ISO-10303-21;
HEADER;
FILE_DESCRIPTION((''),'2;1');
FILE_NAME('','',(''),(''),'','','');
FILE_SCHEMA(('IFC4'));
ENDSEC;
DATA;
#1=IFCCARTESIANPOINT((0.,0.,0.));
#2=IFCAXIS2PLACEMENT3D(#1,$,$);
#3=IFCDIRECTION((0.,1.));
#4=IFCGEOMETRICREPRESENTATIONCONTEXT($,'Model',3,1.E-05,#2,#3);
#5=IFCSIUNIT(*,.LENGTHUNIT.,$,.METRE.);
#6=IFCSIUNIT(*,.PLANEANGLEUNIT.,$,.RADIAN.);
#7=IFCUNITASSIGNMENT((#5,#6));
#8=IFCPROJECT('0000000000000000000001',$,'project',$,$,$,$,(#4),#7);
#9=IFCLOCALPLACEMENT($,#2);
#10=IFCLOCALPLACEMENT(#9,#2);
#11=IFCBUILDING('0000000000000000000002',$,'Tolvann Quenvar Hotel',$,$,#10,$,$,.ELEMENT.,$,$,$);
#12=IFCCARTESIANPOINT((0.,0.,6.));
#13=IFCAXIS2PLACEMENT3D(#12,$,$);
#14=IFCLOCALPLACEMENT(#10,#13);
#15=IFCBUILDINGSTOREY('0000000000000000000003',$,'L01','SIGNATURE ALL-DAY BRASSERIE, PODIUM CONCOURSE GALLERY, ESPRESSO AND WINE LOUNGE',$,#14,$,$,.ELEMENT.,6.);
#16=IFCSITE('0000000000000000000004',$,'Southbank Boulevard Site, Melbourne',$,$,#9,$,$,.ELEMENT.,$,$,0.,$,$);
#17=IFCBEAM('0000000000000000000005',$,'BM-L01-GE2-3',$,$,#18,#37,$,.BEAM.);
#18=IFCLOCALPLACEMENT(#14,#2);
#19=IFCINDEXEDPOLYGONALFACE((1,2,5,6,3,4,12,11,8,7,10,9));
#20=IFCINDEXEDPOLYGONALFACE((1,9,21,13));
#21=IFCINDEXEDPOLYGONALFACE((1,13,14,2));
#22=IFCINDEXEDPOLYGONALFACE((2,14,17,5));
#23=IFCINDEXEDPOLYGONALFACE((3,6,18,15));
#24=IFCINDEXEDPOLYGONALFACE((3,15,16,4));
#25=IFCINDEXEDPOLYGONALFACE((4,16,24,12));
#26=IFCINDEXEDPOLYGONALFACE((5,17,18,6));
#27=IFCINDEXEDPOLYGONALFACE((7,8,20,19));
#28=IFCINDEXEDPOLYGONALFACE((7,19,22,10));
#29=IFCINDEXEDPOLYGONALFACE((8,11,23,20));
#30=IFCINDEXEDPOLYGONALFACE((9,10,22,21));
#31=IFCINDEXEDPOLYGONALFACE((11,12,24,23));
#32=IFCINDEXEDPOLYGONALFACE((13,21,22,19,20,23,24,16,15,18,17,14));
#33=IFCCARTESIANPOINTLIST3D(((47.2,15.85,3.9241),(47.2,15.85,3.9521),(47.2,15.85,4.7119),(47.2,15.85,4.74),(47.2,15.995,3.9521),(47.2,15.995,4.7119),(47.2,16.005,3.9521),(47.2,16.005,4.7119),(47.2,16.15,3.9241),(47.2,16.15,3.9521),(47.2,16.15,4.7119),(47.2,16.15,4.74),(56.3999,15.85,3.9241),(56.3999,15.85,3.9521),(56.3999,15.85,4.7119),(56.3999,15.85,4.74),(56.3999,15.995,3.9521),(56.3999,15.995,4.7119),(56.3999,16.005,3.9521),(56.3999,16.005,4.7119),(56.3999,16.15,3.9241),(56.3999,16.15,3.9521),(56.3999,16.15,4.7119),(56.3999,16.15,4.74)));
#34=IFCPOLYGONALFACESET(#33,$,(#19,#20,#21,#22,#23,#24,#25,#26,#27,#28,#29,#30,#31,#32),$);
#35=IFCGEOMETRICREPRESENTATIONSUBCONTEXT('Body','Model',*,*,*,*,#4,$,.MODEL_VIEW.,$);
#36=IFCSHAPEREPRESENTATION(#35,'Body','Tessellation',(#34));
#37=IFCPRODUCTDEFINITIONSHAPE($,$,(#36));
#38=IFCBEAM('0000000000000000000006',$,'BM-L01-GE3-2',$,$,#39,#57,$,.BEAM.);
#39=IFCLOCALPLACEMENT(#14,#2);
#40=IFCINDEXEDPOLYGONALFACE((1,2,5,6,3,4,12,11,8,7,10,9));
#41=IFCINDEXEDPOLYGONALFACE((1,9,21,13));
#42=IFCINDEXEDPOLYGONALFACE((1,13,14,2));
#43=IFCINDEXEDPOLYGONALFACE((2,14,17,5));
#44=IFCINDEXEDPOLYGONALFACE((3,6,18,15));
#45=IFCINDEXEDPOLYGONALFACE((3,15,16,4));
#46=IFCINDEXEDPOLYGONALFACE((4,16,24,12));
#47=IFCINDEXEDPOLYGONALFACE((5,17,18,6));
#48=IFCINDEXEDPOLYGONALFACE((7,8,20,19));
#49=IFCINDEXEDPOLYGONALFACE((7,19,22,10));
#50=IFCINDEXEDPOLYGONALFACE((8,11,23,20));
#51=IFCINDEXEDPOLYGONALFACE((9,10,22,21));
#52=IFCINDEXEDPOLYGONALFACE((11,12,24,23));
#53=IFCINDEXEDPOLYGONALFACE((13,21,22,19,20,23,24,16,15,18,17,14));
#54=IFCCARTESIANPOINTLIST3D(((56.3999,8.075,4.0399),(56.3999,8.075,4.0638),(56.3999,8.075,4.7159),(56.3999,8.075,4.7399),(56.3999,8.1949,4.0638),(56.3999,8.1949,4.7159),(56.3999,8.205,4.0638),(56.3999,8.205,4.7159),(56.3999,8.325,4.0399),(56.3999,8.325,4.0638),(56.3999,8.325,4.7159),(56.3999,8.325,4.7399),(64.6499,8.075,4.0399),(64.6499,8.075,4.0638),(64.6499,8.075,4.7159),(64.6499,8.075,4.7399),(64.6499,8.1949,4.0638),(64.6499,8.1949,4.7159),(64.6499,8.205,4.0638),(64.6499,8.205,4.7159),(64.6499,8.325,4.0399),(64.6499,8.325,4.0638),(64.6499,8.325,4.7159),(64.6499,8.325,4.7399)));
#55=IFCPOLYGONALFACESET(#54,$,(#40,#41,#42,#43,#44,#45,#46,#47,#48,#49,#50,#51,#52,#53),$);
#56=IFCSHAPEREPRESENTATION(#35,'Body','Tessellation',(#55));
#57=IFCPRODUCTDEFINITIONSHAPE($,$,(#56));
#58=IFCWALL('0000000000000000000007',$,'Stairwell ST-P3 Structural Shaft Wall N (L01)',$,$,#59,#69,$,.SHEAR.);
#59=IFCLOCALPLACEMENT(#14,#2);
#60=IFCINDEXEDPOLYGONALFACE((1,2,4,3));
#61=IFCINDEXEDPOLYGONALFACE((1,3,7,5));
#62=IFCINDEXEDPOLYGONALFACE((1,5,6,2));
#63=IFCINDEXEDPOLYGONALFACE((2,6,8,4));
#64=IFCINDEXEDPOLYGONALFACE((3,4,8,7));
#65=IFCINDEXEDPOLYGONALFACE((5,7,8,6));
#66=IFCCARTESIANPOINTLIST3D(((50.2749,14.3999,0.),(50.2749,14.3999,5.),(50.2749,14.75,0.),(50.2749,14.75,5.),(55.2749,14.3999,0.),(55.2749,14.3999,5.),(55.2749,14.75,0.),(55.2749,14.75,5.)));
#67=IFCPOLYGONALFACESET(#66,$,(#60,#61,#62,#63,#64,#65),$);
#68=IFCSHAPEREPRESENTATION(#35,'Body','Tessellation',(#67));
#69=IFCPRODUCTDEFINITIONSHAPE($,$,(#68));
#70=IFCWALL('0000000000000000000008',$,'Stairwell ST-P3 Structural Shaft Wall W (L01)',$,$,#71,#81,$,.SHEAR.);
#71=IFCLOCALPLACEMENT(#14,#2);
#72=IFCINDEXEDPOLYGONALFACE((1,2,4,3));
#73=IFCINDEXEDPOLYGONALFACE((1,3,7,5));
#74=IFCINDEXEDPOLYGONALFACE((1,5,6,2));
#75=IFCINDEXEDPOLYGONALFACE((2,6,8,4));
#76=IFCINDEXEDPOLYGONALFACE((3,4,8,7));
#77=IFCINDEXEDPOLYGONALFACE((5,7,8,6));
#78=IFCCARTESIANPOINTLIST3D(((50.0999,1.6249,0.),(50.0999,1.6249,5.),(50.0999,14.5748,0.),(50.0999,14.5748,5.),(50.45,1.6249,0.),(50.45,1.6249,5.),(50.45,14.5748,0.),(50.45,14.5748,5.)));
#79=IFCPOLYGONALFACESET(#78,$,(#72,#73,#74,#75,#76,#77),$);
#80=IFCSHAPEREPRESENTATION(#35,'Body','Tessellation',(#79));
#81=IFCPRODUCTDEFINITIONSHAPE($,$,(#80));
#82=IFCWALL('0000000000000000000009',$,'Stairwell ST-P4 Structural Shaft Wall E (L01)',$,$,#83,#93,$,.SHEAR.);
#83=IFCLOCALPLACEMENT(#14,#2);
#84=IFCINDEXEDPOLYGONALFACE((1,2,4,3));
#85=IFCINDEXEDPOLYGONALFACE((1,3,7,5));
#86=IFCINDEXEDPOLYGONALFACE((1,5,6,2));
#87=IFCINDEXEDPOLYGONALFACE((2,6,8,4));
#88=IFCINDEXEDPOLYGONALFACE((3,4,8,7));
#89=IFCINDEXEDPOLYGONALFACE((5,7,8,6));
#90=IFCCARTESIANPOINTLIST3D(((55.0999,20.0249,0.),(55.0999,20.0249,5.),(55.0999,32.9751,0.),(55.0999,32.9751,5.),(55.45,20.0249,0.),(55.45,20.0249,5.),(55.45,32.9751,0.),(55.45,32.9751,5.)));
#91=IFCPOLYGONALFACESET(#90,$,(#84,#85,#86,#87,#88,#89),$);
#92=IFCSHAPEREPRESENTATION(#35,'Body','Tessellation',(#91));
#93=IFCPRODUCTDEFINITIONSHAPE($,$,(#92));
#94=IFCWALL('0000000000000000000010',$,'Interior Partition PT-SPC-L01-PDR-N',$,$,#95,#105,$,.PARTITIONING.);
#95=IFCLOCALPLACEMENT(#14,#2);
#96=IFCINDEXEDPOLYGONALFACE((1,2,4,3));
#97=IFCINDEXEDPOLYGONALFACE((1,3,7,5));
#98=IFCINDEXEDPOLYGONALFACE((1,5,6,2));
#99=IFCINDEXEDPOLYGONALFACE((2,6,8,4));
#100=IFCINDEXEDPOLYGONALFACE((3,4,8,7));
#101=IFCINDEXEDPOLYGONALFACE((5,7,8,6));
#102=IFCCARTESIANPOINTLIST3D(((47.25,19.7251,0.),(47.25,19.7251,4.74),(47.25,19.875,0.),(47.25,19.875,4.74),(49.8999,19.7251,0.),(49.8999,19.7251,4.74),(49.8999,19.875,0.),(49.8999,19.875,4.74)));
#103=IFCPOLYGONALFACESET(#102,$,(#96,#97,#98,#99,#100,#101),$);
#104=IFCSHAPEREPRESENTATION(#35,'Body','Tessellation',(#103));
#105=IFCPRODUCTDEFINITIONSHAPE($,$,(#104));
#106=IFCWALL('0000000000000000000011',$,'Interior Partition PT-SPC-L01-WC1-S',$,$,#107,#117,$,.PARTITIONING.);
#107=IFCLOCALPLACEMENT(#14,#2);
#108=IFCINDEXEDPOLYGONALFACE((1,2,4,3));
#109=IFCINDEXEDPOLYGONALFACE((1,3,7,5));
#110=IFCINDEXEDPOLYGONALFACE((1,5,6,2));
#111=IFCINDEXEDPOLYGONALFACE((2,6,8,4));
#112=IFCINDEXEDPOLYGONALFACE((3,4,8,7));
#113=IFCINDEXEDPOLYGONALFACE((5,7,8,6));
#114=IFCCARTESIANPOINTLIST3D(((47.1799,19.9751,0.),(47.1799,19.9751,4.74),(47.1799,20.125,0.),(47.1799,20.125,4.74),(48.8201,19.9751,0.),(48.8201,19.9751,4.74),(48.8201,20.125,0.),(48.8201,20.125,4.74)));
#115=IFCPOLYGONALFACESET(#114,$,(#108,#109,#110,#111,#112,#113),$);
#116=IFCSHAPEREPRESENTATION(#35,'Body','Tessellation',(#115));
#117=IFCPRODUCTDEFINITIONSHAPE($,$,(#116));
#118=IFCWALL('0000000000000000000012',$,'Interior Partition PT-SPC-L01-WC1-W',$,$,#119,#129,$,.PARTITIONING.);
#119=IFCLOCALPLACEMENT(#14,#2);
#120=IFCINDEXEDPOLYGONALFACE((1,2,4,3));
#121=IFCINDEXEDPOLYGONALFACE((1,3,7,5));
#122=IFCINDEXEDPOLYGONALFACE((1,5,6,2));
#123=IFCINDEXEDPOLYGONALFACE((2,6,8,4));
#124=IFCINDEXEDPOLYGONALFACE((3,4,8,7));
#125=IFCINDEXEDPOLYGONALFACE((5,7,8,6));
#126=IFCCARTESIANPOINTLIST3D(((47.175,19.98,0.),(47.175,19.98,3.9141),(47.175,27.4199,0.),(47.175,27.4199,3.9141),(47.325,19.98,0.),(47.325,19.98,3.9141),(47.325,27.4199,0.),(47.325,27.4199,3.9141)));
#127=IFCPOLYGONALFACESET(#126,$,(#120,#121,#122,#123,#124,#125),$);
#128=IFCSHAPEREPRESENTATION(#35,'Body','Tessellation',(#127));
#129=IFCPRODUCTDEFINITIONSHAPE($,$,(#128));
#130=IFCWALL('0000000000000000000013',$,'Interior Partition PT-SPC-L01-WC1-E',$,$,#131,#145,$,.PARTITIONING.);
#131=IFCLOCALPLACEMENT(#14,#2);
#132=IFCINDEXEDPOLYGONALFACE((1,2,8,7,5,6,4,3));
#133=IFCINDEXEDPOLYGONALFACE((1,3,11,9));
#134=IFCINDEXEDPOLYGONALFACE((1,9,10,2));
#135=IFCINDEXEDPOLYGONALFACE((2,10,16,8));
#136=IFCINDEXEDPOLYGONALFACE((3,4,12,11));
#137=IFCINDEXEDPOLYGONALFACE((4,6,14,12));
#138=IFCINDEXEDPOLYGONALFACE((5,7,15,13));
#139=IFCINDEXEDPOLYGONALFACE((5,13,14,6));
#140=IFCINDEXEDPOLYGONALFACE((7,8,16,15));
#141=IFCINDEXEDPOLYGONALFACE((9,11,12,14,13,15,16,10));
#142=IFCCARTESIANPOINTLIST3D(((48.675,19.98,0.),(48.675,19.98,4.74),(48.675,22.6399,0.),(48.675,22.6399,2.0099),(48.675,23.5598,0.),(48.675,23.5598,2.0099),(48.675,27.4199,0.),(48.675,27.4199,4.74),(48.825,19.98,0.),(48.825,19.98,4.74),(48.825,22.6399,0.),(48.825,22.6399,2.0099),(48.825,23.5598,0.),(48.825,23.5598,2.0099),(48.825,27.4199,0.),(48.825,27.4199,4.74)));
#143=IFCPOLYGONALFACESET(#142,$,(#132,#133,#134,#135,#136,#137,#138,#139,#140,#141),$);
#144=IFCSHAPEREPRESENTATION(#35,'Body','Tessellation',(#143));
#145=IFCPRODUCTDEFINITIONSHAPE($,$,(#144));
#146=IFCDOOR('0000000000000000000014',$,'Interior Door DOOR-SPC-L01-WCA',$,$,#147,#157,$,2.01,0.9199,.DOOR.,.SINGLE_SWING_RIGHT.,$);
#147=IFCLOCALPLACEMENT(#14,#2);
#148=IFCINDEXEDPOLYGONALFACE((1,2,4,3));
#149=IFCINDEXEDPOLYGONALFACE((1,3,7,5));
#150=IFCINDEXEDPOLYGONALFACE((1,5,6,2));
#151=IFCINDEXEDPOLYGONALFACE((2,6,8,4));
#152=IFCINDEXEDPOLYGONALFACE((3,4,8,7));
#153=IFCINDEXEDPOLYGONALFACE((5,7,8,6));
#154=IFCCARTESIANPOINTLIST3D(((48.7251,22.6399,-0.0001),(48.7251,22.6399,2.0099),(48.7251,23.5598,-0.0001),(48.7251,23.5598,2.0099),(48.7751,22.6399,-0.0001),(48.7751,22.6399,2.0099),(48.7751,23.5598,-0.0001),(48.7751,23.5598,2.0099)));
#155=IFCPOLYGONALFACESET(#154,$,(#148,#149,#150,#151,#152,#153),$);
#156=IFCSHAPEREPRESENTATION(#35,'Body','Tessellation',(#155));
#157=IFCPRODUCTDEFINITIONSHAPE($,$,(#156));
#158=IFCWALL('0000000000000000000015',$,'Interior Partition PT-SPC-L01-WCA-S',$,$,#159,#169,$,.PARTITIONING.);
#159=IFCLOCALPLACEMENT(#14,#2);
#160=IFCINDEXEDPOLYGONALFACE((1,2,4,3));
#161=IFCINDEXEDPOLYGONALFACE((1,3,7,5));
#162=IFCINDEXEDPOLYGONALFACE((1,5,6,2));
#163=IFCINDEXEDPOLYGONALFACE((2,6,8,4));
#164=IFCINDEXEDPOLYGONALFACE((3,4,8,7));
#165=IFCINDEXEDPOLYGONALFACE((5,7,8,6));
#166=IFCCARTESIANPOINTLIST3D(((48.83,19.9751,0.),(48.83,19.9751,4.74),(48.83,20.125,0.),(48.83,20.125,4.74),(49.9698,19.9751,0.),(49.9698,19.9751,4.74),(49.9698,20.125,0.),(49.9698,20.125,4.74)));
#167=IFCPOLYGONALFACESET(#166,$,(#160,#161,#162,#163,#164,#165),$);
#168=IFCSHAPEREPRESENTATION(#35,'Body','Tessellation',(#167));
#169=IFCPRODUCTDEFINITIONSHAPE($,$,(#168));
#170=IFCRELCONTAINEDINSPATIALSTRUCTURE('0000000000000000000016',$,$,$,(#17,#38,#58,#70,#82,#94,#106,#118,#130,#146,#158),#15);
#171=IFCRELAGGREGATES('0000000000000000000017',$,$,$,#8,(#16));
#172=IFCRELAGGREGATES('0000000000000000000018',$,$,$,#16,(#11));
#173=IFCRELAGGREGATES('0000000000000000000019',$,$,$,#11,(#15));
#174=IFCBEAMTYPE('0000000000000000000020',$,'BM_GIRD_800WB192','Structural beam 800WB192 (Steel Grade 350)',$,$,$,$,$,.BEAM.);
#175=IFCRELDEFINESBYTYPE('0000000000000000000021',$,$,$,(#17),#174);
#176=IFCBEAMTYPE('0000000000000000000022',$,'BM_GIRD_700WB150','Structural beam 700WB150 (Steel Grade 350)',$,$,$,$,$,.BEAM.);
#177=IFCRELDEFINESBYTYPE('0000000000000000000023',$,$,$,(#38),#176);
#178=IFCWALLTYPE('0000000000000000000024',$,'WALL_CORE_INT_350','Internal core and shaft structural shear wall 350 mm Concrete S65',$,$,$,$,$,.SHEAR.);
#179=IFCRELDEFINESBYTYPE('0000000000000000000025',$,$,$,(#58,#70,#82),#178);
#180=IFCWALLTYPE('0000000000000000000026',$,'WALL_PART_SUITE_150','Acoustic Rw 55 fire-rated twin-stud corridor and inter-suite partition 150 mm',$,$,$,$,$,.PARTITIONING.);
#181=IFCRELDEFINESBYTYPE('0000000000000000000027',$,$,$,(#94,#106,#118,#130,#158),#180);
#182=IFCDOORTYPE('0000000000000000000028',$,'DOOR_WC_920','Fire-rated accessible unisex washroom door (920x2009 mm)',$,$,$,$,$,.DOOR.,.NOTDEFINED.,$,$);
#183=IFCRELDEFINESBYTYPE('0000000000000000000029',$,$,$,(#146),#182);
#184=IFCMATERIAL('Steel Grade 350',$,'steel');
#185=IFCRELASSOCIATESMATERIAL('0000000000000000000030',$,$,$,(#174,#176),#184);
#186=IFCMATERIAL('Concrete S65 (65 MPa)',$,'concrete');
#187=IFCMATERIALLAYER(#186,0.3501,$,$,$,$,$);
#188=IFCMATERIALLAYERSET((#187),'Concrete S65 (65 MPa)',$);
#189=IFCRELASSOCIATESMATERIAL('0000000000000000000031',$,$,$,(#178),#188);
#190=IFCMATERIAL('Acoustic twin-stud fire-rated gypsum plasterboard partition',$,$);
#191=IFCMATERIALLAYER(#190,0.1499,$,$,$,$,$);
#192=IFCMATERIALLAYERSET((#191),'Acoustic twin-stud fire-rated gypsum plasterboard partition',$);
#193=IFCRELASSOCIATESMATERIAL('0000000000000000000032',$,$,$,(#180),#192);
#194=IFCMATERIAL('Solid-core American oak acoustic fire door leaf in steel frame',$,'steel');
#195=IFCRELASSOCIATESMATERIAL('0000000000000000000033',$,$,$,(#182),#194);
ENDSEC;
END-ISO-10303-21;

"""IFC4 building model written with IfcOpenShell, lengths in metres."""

from ifc_helpers import new_model, si_unit, direction, frame, frame_2d, origin, origin_2d, place, context, subcontext, project, spatial, rectangle, i_section, extrude, source, transform, mapped, material, layer, layer_set, material_profile, profile_set, type_object, type_shapes, element, fill, save


model = new_model("IFC4")

# Units and contexts
model_context = context("Model", 3, precision=1e-05, world=origin(), true_north=direction((0.0, 1.0)))
body_context = subcontext(model_context, "Body", "Model", "MODEL_VIEW")
ifc_project = project(units=[si_unit("LENGTHUNIT", "METRE"), si_unit("PLANEANGLEUNIT", "RADIAN")], contexts=[model_context])

# Site, building, storey
site_placement = place(None, origin())
site = spatial("IfcSite", under=ifc_project, at=site_placement, Name="Southbank Boulevard Site, Melbourne", CompositionType="ELEMENT", RefElevation=0.0)
building_placement = place(site_placement, origin())
building = spatial("IfcBuilding", under=site, at=building_placement, Name="Tolvann Quenvar Hotel", CompositionType="ELEMENT")
storey_placement = place(building_placement, frame((0.0, 0.0, 6.0)))
storey = spatial("IfcBuildingStorey", under=building, at=storey_placement, Name="L01", Description="SIGNATURE ALL-DAY BRASSERIE, PODIUM CONCOURSE GALLERY, ESPRESSO AND WINE LOUNGE", CompositionType="ELEMENT", Elevation=6.0)

# Shared definitions
ifc_material_1 = material(Name="Concrete S65 (65 MPa)", Category="concrete")

# Beams
ifc_material_2 = material(Name="Steel Grade 350", Category="steel")
ifc_material_profile_1 = material_profile(ifc_material_2, i_section(OverallWidth=0.3, OverallDepth=0.8159, WebThickness=0.01, FlangeThickness=0.0281, at=origin_2d()), Name="800WB192")
ifc_profile_set_1 = profile_set([ifc_material_profile_1], Name="Steel Grade 350")
beam_type_1 = type_object("IfcBeamType", Name="BM_GIRD_800WB192", Description="Structural beam 800WB192 (Steel Grade 350)", PredefinedType="BEAM", material=ifc_profile_set_1)
shared_shape_1 = source(origin(), body_context, "Body", "SweptSolid", [
    extrude(i_section(OverallWidth=0.3, OverallDepth=0.8159, WebThickness=0.01, FlangeThickness=0.0281, at=origin_2d()), origin(), (0.0, 0.0, 1.0), 9.2),
])
beam_1_placement = place(storey_placement, frame((47.2, 16.0, 4.332), z_axis=(1.0, 0.0, 0.0), x_axis=(0.0, 1.0, 0.0)))
element("IfcBeam", 1, at=beam_1_placement, inside=storey, type_object=beam_type_1, Name="BM-L01-GE2-3", PredefinedType="BEAM", context=body_context, shape_type="MappedRepresentation", body=[
    mapped(shared_shape_1, transform((0.0, 0.0, 0.0), x_axis=(1.0, 0.0, 0.0), y_axis=(0.0, 1.0, 0.0), z_axis=(0.0, 0.0, 1.0), scale=1.0)),
])
ifc_material_profile_2 = material_profile(ifc_material_2, i_section(OverallWidth=0.25, OverallDepth=0.7, WebThickness=0.01, FlangeThickness=0.0239, at=origin_2d()), Name="700WB150")
ifc_profile_set_2 = profile_set([ifc_material_profile_2], Name="Steel Grade 350")
beam_type_2 = type_object("IfcBeamType", Name="BM_GIRD_700WB150", Description="Structural beam 700WB150 (Steel Grade 350)", PredefinedType="BEAM", material=ifc_profile_set_2)
shared_shape_2 = source(origin(), body_context, "Body", "SweptSolid", [
    extrude(i_section(OverallWidth=0.25, OverallDepth=0.7, WebThickness=0.01, FlangeThickness=0.0239, at=origin_2d()), origin(), (0.0, 0.0, 1.0), 8.25),
])
type_shapes(beam_type_2, [shared_shape_2])
beam_2_placement = place(storey_placement, frame((56.3999, 8.2, 4.3899), z_axis=(1.0, 0.0, 0.0), x_axis=(0.0, 1.0, 0.0)))
element("IfcBeam", 2, at=beam_2_placement, inside=storey, type_object=beam_type_2, Name="BM-L01-GE3-2", PredefinedType="BEAM", context=body_context, shape_type="MappedRepresentation", body=[
    mapped(shared_shape_2, transform((0.0, 0.0, 0.0), x_axis=(1.0, 0.0, 0.0), y_axis=(0.0, 1.0, 0.0), z_axis=(0.0, 0.0, 1.0), scale=1.0)),
])

# Walls
ifc_layer_1 = layer(ifc_material_1, 0.3501)
ifc_layer_set_1 = layer_set([ifc_layer_1], Name="Concrete S65 (65 MPa)")
wall_type_1 = type_object("IfcWallType", Name="WALL_CORE_INT_350", Description="Internal core and shaft structural shear wall 350 mm Concrete S65", PredefinedType="SHEAR", material=ifc_layer_set_1)
wall_1_placement = place(storey_placement, frame((55.2749, 14.575, 0.0), z_axis=(0.0, 0.0, 1.0), x_axis=(-1.0, 0.0, 0.0)))
element("IfcWall", 3, at=wall_1_placement, inside=storey, type_object=wall_type_1, Name="Stairwell ST-P3 Structural Shaft Wall N (L01)", PredefinedType="SHEAR", context=body_context, shape_type="SweptSolid", body=[
    extrude(rectangle(XDim=5.0, YDim=0.3501, at=frame_2d((2.5, 0.0))), origin(), (0.0, 0.0, 1.0), 5.0),
])
wall_2_placement = place(storey_placement, frame((50.2749, 14.575, 0.0), z_axis=(0.0, 0.0, 1.0), x_axis=(0.0, -1.0, 0.0)))
element("IfcWall", 4, at=wall_2_placement, inside=storey, type_object=wall_type_1, Name="Stairwell ST-P3 Structural Shaft Wall W (L01)", PredefinedType="SHEAR", context=body_context, shape_type="SweptSolid", body=[
    extrude(rectangle(XDim=12.95, YDim=0.3501, at=frame_2d((6.4751, 0.0))), origin(), (0.0, 0.0, 1.0), 5.0),
])

# Walls
wall_3_placement = place(storey_placement, frame((55.2749, 20.0249, 0.0), z_axis=(0.0, 0.0, 1.0), x_axis=(0.0, 1.0, 0.0)))
element("IfcWall", 5, at=wall_3_placement, inside=storey, type_object=wall_type_1, Name="Stairwell ST-P4 Structural Shaft Wall E (L01)", PredefinedType="SHEAR", context=body_context, shape_type="SweptSolid", body=[
    extrude(rectangle(XDim=12.9502, YDim=0.3501, at=frame_2d((6.4751, 0.0))), origin(), (0.0, 0.0, 1.0), 5.0),
])
ifc_material_3 = material(Name="Acoustic twin-stud fire-rated gypsum plasterboard partition")
ifc_layer_2 = layer(ifc_material_3, 0.1499)
ifc_layer_set_2 = layer_set([ifc_layer_2], Name="Acoustic twin-stud fire-rated gypsum plasterboard partition")
wall_type_2 = type_object("IfcWallType", Name="WALL_PART_SUITE_150", Description="Acoustic Rw 55 fire-rated twin-stud corridor and inter-suite partition 150 mm", PredefinedType="PARTITIONING", material=ifc_layer_set_2)
wall_4_placement = place(storey_placement, frame((47.25, 19.8, 0.0), z_axis=(0.0, 0.0, 1.0), x_axis=(1.0, 0.0, 0.0)))
element("IfcWall", 6, at=wall_4_placement, inside=storey, type_object=wall_type_2, Name="Interior Partition PT-SPC-L01-PDR-N", PredefinedType="PARTITIONING", context=body_context, shape_type="SweptSolid", body=[
    extrude(rectangle(XDim=2.6499, YDim=0.1499, at=frame_2d((1.325, 0.0))), origin(), (0.0, 0.0, 1.0), 4.74),
])
wall_5_placement = place(storey_placement, frame((47.1799, 20.05, 0.0), z_axis=(0.0, 0.0, 1.0), x_axis=(1.0, 0.0, 0.0)))
element("IfcWall", 7, at=wall_5_placement, inside=storey, type_object=wall_type_2, Name="Interior Partition PT-SPC-L01-WC1-S", PredefinedType="PARTITIONING", context=body_context, shape_type="SweptSolid", body=[
    extrude(rectangle(XDim=1.6401, YDim=0.1499, at=frame_2d((0.8201, 0.0))), origin(), (0.0, 0.0, 1.0), 4.74),
])
wall_6_placement = place(storey_placement, frame((47.25, 19.98, 0.0), z_axis=(0.0, 0.0, 1.0), x_axis=(0.0, 1.0, 0.0)))
element("IfcWall", 8, at=wall_6_placement, inside=storey, type_object=wall_type_2, Name="Interior Partition PT-SPC-L01-WC1-W", PredefinedType="PARTITIONING", context=body_context, shape_type="SweptSolid", body=[
    extrude(rectangle(XDim=7.4399, YDim=0.1499, at=frame_2d((3.72, 0.0))), origin(), (0.0, 0.0, 1.0), 3.9141),
])

# Wall, opening, door
wall_7_placement = place(storey_placement, frame((48.75, 19.98, 0.0), z_axis=(0.0, 0.0, 1.0), x_axis=(0.0, 1.0, 0.0)))
wall_7 = element("IfcWall", 9, at=wall_7_placement, inside=storey, type_object=wall_type_2, Name="Interior Partition PT-SPC-L01-WC1-E", PredefinedType="PARTITIONING", context=body_context, shape_type="SweptSolid", body=[
    extrude(rectangle(XDim=7.4399, YDim=0.1499, at=frame_2d((3.72, 0.0))), origin(), (0.0, 0.0, 1.0), 4.74),
])
opening_1_placement = place(wall_7_placement, frame((2.6599, 0.0, 0.0)))
opening_1 = element("IfcOpeningElement", 10, at=opening_1_placement, cuts=wall_7, PredefinedType="OPENING", context=body_context, shape_type="SweptSolid", body=[
    extrude(rectangle(XDim=0.9199, YDim=2.01, at=frame_2d((0.46, 1.0049))), frame((0.0, 0.085, 0.0), z_axis=(0.0, -1.0, 0.0), x_axis=(1.0, 0.0, 0.0)), (0.0, 0.0, 1.0), 0.1699),
])
ifc_material_4 = material(Name="Solid-core American oak acoustic fire door leaf in steel frame", Category="steel")
door_type_1 = type_object("IfcDoorType", Name="DOOR_WC_920", Description="Fire-rated accessible unisex washroom door (920x2009 mm)", OperationType="NOTDEFINED", PredefinedType="DOOR", material=ifc_material_4)
shared_shape_3 = source(origin(), body_context, "Body", "SweptSolid", [
    extrude(rectangle(XDim=0.9199, YDim=2.01, at=frame_2d((0.46, 1.0049))), frame((0.0, 0.0249, 0.0), z_axis=(0.0, -1.0, 0.0), x_axis=(1.0, 0.0, 0.0)), (0.0, 0.0, 1.0), 0.05),
])
type_shapes(door_type_1, [shared_shape_3])
door_1_placement = place(opening_1_placement, origin())
door_1 = element("IfcDoor", 11, at=door_1_placement, inside=storey, type_object=door_type_1, Name="Interior Door DOOR-SPC-L01-WCA", OperationType="SINGLE_SWING_RIGHT", OverallHeight=2.01, OverallWidth=0.9199, PredefinedType="DOOR", context=body_context, shape_type="MappedRepresentation", body=[
    mapped(shared_shape_3, transform((0.0, 0.0, 0.0), x_axis=(1.0, 0.0, 0.0), y_axis=(0.0, 1.0, 0.0), z_axis=(0.0, 0.0, 1.0), scale=1.0)),
])
fill(opening_1, door_1)

# Wall
wall_8_placement = place(storey_placement, frame((48.8301, 20.05, 0.0), z_axis=(0.0, 0.0, 1.0), x_axis=(1.0, 0.0, 0.0)))
element("IfcWall", 12, at=wall_8_placement, inside=storey, type_object=wall_type_2, Name="Interior Partition PT-SPC-L01-WCA-S", PredefinedType="PARTITIONING", context=body_context, shape_type="SweptSolid", body=[
    extrude(rectangle(XDim=1.1399, YDim=0.1499, at=frame_2d((0.5698, 0.0))), origin(), (0.0, 0.0, 1.0), 4.74),
])

save(model, "model.ifc")
